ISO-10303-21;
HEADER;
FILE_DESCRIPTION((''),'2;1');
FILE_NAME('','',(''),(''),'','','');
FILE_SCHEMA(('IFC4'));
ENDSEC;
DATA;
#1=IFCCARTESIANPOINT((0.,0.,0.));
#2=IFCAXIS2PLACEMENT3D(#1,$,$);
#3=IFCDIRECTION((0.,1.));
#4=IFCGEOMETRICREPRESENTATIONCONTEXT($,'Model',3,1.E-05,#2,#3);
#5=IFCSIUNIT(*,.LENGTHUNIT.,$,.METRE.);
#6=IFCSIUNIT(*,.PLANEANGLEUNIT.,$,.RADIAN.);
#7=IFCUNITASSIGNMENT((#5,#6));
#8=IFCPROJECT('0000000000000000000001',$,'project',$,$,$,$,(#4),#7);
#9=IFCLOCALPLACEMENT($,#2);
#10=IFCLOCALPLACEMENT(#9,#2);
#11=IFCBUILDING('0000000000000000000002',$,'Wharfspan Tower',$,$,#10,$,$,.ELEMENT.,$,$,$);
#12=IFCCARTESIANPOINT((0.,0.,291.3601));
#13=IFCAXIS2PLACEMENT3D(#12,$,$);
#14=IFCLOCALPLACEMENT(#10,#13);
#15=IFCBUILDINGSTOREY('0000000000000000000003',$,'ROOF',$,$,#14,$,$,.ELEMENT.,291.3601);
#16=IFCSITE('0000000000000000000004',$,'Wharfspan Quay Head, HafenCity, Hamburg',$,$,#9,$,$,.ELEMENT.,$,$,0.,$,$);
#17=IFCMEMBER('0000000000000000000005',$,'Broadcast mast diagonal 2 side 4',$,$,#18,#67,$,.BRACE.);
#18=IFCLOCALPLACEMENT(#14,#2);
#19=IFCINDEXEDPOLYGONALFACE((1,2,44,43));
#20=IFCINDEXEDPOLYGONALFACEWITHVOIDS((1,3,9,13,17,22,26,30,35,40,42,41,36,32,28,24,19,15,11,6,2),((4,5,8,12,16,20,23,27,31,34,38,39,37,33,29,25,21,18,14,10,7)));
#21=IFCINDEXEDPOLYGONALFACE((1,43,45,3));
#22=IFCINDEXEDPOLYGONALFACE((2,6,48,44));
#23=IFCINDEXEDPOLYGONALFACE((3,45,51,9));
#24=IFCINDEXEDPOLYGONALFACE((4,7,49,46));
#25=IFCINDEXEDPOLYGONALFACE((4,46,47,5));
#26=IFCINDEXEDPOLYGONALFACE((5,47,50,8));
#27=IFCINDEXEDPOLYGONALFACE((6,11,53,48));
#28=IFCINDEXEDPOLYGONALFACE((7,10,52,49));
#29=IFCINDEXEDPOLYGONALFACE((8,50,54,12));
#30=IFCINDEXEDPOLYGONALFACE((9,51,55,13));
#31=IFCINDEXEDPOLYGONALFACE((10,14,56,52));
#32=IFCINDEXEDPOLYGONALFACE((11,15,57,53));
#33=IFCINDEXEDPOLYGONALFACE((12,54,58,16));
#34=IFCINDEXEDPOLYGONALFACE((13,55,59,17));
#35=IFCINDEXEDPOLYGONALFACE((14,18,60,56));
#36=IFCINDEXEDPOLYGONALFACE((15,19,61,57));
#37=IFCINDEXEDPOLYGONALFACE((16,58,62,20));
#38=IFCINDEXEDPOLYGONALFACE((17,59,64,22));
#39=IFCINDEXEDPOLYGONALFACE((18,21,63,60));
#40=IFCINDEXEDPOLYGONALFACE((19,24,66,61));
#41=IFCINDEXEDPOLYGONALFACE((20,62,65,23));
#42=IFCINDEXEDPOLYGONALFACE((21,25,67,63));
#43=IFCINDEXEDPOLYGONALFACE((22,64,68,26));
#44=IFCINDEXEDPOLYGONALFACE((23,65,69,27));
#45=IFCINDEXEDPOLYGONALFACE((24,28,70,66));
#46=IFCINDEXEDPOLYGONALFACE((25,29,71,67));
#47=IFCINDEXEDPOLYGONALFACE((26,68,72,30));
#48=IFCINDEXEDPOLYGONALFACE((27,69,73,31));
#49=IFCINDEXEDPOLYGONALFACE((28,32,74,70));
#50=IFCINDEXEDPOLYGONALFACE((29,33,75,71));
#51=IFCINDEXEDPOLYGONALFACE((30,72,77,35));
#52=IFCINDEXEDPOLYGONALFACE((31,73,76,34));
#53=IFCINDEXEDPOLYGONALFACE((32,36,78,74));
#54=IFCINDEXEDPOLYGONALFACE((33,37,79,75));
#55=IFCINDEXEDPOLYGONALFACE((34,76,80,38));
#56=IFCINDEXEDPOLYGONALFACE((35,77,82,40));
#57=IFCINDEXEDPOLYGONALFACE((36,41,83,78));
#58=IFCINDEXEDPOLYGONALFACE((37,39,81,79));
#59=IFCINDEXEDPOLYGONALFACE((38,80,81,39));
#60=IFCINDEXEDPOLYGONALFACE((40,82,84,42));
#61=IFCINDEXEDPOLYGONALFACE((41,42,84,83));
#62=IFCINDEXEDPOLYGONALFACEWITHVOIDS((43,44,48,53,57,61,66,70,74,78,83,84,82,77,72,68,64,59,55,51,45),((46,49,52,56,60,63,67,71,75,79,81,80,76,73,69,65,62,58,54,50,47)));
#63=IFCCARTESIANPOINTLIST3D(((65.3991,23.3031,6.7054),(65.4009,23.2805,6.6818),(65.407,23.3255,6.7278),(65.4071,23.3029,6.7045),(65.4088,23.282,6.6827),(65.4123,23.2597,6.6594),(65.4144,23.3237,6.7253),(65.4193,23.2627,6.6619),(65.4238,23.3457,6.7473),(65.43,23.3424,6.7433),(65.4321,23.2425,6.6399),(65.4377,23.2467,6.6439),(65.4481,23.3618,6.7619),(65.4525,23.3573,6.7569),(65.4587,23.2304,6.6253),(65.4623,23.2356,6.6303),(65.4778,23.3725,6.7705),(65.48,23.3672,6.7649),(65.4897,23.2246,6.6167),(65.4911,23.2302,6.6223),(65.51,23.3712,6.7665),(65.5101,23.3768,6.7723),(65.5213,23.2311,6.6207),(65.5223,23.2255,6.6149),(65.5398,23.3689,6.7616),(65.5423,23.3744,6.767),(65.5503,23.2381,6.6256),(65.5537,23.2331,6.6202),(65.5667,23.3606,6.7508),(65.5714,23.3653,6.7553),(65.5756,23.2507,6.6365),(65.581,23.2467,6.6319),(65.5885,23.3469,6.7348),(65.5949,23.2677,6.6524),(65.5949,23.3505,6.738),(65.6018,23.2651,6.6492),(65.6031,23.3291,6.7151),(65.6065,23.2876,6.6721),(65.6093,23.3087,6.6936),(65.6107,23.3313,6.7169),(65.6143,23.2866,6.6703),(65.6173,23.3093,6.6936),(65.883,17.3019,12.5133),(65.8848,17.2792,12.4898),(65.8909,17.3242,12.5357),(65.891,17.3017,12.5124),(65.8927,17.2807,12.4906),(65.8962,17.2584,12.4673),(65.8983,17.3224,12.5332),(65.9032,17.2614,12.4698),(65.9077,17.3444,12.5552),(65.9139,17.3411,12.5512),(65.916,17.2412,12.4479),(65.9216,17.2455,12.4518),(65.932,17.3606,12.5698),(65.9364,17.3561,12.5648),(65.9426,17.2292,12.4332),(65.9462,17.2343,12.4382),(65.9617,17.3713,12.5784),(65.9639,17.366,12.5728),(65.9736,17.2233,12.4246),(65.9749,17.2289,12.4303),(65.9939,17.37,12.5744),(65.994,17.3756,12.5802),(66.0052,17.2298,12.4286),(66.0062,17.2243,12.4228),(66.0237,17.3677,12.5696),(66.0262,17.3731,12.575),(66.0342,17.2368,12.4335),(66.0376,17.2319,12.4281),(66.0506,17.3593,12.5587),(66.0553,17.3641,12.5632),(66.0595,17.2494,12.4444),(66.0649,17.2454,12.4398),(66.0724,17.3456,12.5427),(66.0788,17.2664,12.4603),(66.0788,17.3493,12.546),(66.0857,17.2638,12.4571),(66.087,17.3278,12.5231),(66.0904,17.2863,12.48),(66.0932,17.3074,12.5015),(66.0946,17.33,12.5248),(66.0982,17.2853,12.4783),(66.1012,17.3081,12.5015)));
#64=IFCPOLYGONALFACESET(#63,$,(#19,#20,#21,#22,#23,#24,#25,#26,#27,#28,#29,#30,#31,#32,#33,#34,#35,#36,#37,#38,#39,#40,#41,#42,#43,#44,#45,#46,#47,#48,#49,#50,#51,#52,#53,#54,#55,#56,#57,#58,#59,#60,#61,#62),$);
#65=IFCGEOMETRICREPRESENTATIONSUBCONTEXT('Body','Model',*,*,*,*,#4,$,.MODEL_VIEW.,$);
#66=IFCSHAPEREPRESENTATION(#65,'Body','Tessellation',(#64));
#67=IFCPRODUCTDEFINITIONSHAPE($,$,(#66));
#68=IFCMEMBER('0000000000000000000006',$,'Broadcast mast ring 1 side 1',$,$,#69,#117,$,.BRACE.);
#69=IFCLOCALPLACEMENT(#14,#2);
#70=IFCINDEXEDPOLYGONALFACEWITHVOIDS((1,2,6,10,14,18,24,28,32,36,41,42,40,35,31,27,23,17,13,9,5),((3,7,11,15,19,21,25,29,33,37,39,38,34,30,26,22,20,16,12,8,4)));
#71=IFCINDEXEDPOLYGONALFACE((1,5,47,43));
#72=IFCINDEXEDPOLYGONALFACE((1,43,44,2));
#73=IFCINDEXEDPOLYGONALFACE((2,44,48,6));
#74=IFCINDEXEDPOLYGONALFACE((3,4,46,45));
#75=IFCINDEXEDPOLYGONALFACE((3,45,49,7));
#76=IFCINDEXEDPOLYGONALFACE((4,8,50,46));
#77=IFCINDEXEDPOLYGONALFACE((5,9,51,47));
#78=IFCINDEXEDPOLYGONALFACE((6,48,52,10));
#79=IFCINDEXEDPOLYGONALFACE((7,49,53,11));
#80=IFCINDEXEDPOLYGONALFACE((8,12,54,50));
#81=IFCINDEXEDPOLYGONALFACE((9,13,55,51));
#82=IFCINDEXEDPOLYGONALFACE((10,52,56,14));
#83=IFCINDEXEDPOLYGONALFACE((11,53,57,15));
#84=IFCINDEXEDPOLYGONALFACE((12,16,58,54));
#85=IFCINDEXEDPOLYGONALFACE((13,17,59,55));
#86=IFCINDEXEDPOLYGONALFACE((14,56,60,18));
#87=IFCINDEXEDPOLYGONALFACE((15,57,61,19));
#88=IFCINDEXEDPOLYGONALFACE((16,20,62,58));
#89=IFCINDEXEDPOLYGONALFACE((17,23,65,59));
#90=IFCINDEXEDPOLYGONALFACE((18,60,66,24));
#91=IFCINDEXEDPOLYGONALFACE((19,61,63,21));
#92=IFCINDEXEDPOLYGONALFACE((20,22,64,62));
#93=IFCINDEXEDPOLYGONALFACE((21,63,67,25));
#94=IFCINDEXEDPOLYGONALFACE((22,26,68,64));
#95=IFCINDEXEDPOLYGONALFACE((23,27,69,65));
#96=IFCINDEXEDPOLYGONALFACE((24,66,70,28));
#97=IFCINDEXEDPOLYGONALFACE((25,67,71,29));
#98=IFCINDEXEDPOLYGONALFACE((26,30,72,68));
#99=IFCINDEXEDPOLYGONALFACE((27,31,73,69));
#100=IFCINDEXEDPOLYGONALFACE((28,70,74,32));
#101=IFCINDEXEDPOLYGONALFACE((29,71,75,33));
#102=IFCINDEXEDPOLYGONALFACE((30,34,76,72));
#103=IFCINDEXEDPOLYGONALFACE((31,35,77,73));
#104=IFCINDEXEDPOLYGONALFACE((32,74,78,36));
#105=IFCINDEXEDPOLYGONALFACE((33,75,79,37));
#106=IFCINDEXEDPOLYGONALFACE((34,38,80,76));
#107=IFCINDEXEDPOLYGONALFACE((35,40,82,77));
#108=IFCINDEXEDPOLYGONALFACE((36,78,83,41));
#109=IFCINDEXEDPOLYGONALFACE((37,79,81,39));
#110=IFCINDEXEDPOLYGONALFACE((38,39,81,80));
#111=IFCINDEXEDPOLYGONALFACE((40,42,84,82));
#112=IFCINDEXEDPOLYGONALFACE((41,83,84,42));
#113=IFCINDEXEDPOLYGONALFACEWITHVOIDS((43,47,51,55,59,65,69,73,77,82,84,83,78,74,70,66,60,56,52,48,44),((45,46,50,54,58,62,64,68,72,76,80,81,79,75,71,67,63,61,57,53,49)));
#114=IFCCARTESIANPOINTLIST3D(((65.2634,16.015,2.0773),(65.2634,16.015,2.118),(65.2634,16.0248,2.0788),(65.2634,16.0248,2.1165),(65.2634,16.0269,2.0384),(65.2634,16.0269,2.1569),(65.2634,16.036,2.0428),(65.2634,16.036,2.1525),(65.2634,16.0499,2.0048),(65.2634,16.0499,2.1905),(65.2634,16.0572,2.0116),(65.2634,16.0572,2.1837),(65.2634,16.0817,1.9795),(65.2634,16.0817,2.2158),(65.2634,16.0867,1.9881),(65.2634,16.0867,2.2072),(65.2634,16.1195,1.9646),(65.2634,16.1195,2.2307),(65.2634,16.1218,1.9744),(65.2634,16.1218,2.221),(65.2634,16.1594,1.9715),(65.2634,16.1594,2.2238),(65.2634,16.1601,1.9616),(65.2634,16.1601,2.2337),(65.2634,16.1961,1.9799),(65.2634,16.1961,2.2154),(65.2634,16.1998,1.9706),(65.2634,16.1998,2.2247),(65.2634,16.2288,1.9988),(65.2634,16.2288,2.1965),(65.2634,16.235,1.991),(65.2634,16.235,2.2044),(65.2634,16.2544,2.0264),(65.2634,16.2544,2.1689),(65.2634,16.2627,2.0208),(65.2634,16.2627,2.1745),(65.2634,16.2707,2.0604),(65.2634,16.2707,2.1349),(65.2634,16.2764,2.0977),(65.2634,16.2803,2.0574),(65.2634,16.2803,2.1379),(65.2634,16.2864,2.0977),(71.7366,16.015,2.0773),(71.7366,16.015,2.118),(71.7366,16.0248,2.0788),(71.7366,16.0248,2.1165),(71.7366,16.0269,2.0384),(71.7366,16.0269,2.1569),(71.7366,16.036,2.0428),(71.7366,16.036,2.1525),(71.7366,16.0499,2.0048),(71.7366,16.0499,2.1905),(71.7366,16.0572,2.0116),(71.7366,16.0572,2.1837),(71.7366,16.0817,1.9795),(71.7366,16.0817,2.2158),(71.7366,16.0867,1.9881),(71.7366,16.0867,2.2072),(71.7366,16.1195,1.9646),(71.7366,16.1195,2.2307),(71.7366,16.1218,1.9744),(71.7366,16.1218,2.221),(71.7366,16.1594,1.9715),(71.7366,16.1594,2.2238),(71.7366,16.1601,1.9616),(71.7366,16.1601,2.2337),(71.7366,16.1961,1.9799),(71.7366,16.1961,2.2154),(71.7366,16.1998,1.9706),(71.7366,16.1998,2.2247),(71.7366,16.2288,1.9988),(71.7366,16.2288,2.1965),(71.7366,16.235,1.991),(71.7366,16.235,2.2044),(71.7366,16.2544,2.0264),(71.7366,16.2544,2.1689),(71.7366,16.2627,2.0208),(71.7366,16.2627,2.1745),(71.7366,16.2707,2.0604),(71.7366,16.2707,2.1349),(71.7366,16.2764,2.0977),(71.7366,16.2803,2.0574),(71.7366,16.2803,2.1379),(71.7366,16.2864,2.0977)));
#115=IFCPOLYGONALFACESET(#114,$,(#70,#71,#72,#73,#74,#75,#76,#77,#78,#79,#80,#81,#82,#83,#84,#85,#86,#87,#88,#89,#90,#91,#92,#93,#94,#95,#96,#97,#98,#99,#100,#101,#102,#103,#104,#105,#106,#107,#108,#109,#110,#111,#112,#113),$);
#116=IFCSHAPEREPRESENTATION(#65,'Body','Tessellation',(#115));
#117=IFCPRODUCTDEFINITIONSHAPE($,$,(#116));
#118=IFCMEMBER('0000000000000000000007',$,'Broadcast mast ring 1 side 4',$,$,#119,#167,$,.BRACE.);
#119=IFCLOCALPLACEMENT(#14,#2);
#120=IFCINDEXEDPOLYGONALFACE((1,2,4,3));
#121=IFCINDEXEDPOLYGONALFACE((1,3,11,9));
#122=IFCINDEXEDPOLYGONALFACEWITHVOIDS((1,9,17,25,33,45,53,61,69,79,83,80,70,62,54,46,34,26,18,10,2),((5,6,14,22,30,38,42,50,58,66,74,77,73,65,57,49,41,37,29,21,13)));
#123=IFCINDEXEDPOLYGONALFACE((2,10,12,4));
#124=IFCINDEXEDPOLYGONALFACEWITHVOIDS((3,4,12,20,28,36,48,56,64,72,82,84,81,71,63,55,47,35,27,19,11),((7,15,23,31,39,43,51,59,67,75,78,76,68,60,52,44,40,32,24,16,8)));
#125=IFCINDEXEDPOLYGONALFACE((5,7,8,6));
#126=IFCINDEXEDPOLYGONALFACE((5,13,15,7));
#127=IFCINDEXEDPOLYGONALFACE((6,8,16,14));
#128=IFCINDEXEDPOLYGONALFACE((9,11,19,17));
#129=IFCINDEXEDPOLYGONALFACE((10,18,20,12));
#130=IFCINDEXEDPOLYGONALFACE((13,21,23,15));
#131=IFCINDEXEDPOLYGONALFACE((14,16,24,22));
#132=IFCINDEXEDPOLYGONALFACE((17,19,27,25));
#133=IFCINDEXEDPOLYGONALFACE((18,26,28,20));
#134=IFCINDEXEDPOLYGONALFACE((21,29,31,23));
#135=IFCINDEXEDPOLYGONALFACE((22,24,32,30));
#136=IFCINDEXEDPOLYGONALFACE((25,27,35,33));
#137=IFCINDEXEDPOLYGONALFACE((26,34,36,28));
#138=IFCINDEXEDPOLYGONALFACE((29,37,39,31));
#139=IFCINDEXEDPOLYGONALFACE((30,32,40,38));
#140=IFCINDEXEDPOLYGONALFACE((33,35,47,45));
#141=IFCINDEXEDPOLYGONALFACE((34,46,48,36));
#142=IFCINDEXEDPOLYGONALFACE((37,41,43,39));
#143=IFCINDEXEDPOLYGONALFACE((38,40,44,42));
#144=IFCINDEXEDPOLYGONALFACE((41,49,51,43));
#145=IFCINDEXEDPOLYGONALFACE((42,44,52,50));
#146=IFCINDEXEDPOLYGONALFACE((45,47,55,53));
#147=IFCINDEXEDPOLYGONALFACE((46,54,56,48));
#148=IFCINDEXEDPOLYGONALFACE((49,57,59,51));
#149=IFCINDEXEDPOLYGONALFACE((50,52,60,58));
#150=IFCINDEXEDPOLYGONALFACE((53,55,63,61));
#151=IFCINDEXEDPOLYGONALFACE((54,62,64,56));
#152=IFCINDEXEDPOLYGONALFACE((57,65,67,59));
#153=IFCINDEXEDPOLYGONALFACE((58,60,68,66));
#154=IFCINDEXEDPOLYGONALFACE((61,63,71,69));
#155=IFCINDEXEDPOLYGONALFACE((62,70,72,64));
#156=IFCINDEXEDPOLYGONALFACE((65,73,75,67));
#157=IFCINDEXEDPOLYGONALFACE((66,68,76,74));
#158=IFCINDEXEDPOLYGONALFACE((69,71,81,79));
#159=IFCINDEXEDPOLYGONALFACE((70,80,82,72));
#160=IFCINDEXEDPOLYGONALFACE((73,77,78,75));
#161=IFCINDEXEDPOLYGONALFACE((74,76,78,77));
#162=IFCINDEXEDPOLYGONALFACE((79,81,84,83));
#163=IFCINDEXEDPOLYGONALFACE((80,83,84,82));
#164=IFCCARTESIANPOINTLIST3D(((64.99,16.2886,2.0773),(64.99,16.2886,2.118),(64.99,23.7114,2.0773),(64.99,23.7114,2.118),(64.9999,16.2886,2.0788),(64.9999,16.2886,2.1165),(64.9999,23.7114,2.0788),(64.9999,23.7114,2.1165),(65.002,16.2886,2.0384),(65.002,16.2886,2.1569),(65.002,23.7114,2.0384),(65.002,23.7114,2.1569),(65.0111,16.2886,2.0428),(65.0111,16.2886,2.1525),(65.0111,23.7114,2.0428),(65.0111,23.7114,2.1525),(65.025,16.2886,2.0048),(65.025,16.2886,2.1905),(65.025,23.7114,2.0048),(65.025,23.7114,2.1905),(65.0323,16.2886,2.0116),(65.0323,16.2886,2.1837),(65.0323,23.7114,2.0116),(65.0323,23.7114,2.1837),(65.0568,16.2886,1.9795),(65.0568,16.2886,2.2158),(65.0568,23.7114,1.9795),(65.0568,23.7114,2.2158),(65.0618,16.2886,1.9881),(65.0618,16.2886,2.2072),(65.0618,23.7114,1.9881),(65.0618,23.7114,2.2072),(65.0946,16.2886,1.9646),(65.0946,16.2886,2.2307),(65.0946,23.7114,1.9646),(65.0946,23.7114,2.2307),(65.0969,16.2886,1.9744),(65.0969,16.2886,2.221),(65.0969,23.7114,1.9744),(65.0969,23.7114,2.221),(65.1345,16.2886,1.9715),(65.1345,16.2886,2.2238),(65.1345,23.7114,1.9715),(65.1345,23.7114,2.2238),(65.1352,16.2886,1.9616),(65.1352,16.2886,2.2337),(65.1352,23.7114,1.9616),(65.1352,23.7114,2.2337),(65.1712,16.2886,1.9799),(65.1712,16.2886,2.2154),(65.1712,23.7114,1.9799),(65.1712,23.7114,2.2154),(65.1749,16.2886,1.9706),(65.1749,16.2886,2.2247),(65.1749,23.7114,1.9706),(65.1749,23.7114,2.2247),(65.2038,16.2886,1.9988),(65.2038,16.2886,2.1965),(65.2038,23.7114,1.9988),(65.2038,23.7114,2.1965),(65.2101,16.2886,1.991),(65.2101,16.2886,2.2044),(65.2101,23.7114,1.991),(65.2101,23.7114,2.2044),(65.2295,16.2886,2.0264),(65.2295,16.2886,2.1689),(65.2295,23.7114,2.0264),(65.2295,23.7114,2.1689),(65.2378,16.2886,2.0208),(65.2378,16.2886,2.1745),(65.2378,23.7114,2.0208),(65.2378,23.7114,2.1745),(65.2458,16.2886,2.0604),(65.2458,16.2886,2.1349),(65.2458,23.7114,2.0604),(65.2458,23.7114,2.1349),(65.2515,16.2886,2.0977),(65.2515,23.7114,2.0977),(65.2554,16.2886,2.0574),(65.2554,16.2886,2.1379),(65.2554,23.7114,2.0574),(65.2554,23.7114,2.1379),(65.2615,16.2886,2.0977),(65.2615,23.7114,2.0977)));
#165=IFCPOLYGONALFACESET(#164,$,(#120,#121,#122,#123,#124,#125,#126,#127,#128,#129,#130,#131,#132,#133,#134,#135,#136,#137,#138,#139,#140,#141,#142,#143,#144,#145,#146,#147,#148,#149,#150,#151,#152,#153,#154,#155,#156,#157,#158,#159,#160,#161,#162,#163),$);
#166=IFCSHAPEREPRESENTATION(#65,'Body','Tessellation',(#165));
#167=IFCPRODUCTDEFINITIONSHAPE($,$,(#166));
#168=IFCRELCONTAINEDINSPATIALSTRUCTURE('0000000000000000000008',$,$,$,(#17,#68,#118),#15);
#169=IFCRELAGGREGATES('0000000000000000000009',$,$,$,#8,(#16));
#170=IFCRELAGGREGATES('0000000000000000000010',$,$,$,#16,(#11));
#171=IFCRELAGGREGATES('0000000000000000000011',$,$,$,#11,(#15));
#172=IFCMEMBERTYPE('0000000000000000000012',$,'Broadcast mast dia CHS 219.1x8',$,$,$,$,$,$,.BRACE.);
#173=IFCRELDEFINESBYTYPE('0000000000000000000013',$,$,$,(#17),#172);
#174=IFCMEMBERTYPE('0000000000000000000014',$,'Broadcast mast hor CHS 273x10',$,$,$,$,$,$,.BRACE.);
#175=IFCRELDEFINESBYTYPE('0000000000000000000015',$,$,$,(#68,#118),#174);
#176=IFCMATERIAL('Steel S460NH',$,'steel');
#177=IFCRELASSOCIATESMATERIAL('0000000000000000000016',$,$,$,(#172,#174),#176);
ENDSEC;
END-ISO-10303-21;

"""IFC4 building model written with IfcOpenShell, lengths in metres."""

from ifc_helpers import new_model, si_unit, direction, frame, origin, origin_2d, place, context, subcontext, project, spatial, hollow_circle, extrude, material, material_profile, profile_set, type_object, element, save


model = new_model("IFC4")

# Units and contexts
model_context = context("Model", 3, precision=1e-05, world=origin(), true_north=direction((0.0, 1.0)))
body_context = subcontext(model_context, "Body", "Model", "MODEL_VIEW")
ifc_project = project(units=[si_unit("LENGTHUNIT", "METRE"), si_unit("PLANEANGLEUNIT", "RADIAN")], contexts=[model_context])

# Site, building, storey
site_placement = place(None, origin())
site = spatial("IfcSite", under=ifc_project, at=site_placement, Name="Wharfspan Quay Head, HafenCity, Hamburg", CompositionType="ELEMENT", RefElevation=0.0)
building_placement = place(site_placement, origin())
building = spatial("IfcBuilding", under=site, at=building_placement, Name="Wharfspan Tower", CompositionType="ELEMENT")
storey_placement = place(building_placement, frame((0.0, 0.0, 291.3601)))
storey = spatial("IfcBuildingStorey", under=building, at=storey_placement, Name="ROOF", CompositionType="ELEMENT", Elevation=291.3601)

# Members
ifc_material_1 = material(Name="Steel S460NH", Category="steel")
ifc_material_profile_1 = material_profile(ifc_material_1, hollow_circle(Radius=0.1096, WallThickness=0.0081, at=origin_2d()))
ifc_profile_set_1 = profile_set([ifc_material_profile_1], Name="Steel S460NH")
member_type_1 = type_object("IfcMemberType", Name="Broadcast mast dia CHS 219.1x8", PredefinedType="BRACE", material=ifc_profile_set_1)
member_1_placement = place(storey_placement, frame((65.5081, 23.3005, 6.6936), z_axis=(0.057844, -0.717385, 0.694271), x_axis=(0.996766, 0.08037, -0.000001)))
element("IfcMember", 1, at=member_1_placement, inside=storey, type_object=member_type_1, Name="Broadcast mast diagonal 2 side 4", PredefinedType="BRACE", context=body_context, shape_type="SweptSolid", body=[
    extrude(hollow_circle(Radius=0.1096, WallThickness=0.0081, at=origin_2d()), origin(), (0.0, 0.0, 1.0), 8.3655),
])
ifc_material_profile_2 = material_profile(ifc_material_1, hollow_circle(Radius=0.1365, WallThickness=0.01, at=origin_2d()))
ifc_profile_set_2 = profile_set([ifc_material_profile_2], Name="Steel S460NH")
member_type_2 = type_object("IfcMemberType", Name="Broadcast mast hor CHS 273x10", PredefinedType="BRACE", material=ifc_profile_set_2)
member_2_placement = place(storey_placement, frame((65.2634, 16.1499, 2.0977), z_axis=(1.0, 0.0, 0.0), x_axis=(0.0, 1.0, 0.0)))
element("IfcMember", 2, at=member_2_placement, inside=storey, type_object=member_type_2, Name="Broadcast mast ring 1 side 1", PredefinedType="BRACE", context=body_context, shape_type="SweptSolid", body=[
    extrude(hollow_circle(Radius=0.1365, WallThickness=0.01, at=origin_2d()), origin(), (0.0, 0.0, 1.0), 6.4731),
])
member_3_placement = place(storey_placement, frame((65.125, 23.7114, 2.0977), z_axis=(0.0, -1.0, 0.0), x_axis=(1.0, 0.0, 0.0)))
element("IfcMember", 3, at=member_3_placement, inside=storey, type_object=member_type_2, Name="Broadcast mast ring 1 side 4", PredefinedType="BRACE", context=body_context, shape_type="SweptSolid", body=[
    extrude(hollow_circle(Radius=0.1365, WallThickness=0.01, at=origin_2d()), origin(), (0.0, 0.0, 1.0), 7.4229),
])

save(model, "model.ifc")
